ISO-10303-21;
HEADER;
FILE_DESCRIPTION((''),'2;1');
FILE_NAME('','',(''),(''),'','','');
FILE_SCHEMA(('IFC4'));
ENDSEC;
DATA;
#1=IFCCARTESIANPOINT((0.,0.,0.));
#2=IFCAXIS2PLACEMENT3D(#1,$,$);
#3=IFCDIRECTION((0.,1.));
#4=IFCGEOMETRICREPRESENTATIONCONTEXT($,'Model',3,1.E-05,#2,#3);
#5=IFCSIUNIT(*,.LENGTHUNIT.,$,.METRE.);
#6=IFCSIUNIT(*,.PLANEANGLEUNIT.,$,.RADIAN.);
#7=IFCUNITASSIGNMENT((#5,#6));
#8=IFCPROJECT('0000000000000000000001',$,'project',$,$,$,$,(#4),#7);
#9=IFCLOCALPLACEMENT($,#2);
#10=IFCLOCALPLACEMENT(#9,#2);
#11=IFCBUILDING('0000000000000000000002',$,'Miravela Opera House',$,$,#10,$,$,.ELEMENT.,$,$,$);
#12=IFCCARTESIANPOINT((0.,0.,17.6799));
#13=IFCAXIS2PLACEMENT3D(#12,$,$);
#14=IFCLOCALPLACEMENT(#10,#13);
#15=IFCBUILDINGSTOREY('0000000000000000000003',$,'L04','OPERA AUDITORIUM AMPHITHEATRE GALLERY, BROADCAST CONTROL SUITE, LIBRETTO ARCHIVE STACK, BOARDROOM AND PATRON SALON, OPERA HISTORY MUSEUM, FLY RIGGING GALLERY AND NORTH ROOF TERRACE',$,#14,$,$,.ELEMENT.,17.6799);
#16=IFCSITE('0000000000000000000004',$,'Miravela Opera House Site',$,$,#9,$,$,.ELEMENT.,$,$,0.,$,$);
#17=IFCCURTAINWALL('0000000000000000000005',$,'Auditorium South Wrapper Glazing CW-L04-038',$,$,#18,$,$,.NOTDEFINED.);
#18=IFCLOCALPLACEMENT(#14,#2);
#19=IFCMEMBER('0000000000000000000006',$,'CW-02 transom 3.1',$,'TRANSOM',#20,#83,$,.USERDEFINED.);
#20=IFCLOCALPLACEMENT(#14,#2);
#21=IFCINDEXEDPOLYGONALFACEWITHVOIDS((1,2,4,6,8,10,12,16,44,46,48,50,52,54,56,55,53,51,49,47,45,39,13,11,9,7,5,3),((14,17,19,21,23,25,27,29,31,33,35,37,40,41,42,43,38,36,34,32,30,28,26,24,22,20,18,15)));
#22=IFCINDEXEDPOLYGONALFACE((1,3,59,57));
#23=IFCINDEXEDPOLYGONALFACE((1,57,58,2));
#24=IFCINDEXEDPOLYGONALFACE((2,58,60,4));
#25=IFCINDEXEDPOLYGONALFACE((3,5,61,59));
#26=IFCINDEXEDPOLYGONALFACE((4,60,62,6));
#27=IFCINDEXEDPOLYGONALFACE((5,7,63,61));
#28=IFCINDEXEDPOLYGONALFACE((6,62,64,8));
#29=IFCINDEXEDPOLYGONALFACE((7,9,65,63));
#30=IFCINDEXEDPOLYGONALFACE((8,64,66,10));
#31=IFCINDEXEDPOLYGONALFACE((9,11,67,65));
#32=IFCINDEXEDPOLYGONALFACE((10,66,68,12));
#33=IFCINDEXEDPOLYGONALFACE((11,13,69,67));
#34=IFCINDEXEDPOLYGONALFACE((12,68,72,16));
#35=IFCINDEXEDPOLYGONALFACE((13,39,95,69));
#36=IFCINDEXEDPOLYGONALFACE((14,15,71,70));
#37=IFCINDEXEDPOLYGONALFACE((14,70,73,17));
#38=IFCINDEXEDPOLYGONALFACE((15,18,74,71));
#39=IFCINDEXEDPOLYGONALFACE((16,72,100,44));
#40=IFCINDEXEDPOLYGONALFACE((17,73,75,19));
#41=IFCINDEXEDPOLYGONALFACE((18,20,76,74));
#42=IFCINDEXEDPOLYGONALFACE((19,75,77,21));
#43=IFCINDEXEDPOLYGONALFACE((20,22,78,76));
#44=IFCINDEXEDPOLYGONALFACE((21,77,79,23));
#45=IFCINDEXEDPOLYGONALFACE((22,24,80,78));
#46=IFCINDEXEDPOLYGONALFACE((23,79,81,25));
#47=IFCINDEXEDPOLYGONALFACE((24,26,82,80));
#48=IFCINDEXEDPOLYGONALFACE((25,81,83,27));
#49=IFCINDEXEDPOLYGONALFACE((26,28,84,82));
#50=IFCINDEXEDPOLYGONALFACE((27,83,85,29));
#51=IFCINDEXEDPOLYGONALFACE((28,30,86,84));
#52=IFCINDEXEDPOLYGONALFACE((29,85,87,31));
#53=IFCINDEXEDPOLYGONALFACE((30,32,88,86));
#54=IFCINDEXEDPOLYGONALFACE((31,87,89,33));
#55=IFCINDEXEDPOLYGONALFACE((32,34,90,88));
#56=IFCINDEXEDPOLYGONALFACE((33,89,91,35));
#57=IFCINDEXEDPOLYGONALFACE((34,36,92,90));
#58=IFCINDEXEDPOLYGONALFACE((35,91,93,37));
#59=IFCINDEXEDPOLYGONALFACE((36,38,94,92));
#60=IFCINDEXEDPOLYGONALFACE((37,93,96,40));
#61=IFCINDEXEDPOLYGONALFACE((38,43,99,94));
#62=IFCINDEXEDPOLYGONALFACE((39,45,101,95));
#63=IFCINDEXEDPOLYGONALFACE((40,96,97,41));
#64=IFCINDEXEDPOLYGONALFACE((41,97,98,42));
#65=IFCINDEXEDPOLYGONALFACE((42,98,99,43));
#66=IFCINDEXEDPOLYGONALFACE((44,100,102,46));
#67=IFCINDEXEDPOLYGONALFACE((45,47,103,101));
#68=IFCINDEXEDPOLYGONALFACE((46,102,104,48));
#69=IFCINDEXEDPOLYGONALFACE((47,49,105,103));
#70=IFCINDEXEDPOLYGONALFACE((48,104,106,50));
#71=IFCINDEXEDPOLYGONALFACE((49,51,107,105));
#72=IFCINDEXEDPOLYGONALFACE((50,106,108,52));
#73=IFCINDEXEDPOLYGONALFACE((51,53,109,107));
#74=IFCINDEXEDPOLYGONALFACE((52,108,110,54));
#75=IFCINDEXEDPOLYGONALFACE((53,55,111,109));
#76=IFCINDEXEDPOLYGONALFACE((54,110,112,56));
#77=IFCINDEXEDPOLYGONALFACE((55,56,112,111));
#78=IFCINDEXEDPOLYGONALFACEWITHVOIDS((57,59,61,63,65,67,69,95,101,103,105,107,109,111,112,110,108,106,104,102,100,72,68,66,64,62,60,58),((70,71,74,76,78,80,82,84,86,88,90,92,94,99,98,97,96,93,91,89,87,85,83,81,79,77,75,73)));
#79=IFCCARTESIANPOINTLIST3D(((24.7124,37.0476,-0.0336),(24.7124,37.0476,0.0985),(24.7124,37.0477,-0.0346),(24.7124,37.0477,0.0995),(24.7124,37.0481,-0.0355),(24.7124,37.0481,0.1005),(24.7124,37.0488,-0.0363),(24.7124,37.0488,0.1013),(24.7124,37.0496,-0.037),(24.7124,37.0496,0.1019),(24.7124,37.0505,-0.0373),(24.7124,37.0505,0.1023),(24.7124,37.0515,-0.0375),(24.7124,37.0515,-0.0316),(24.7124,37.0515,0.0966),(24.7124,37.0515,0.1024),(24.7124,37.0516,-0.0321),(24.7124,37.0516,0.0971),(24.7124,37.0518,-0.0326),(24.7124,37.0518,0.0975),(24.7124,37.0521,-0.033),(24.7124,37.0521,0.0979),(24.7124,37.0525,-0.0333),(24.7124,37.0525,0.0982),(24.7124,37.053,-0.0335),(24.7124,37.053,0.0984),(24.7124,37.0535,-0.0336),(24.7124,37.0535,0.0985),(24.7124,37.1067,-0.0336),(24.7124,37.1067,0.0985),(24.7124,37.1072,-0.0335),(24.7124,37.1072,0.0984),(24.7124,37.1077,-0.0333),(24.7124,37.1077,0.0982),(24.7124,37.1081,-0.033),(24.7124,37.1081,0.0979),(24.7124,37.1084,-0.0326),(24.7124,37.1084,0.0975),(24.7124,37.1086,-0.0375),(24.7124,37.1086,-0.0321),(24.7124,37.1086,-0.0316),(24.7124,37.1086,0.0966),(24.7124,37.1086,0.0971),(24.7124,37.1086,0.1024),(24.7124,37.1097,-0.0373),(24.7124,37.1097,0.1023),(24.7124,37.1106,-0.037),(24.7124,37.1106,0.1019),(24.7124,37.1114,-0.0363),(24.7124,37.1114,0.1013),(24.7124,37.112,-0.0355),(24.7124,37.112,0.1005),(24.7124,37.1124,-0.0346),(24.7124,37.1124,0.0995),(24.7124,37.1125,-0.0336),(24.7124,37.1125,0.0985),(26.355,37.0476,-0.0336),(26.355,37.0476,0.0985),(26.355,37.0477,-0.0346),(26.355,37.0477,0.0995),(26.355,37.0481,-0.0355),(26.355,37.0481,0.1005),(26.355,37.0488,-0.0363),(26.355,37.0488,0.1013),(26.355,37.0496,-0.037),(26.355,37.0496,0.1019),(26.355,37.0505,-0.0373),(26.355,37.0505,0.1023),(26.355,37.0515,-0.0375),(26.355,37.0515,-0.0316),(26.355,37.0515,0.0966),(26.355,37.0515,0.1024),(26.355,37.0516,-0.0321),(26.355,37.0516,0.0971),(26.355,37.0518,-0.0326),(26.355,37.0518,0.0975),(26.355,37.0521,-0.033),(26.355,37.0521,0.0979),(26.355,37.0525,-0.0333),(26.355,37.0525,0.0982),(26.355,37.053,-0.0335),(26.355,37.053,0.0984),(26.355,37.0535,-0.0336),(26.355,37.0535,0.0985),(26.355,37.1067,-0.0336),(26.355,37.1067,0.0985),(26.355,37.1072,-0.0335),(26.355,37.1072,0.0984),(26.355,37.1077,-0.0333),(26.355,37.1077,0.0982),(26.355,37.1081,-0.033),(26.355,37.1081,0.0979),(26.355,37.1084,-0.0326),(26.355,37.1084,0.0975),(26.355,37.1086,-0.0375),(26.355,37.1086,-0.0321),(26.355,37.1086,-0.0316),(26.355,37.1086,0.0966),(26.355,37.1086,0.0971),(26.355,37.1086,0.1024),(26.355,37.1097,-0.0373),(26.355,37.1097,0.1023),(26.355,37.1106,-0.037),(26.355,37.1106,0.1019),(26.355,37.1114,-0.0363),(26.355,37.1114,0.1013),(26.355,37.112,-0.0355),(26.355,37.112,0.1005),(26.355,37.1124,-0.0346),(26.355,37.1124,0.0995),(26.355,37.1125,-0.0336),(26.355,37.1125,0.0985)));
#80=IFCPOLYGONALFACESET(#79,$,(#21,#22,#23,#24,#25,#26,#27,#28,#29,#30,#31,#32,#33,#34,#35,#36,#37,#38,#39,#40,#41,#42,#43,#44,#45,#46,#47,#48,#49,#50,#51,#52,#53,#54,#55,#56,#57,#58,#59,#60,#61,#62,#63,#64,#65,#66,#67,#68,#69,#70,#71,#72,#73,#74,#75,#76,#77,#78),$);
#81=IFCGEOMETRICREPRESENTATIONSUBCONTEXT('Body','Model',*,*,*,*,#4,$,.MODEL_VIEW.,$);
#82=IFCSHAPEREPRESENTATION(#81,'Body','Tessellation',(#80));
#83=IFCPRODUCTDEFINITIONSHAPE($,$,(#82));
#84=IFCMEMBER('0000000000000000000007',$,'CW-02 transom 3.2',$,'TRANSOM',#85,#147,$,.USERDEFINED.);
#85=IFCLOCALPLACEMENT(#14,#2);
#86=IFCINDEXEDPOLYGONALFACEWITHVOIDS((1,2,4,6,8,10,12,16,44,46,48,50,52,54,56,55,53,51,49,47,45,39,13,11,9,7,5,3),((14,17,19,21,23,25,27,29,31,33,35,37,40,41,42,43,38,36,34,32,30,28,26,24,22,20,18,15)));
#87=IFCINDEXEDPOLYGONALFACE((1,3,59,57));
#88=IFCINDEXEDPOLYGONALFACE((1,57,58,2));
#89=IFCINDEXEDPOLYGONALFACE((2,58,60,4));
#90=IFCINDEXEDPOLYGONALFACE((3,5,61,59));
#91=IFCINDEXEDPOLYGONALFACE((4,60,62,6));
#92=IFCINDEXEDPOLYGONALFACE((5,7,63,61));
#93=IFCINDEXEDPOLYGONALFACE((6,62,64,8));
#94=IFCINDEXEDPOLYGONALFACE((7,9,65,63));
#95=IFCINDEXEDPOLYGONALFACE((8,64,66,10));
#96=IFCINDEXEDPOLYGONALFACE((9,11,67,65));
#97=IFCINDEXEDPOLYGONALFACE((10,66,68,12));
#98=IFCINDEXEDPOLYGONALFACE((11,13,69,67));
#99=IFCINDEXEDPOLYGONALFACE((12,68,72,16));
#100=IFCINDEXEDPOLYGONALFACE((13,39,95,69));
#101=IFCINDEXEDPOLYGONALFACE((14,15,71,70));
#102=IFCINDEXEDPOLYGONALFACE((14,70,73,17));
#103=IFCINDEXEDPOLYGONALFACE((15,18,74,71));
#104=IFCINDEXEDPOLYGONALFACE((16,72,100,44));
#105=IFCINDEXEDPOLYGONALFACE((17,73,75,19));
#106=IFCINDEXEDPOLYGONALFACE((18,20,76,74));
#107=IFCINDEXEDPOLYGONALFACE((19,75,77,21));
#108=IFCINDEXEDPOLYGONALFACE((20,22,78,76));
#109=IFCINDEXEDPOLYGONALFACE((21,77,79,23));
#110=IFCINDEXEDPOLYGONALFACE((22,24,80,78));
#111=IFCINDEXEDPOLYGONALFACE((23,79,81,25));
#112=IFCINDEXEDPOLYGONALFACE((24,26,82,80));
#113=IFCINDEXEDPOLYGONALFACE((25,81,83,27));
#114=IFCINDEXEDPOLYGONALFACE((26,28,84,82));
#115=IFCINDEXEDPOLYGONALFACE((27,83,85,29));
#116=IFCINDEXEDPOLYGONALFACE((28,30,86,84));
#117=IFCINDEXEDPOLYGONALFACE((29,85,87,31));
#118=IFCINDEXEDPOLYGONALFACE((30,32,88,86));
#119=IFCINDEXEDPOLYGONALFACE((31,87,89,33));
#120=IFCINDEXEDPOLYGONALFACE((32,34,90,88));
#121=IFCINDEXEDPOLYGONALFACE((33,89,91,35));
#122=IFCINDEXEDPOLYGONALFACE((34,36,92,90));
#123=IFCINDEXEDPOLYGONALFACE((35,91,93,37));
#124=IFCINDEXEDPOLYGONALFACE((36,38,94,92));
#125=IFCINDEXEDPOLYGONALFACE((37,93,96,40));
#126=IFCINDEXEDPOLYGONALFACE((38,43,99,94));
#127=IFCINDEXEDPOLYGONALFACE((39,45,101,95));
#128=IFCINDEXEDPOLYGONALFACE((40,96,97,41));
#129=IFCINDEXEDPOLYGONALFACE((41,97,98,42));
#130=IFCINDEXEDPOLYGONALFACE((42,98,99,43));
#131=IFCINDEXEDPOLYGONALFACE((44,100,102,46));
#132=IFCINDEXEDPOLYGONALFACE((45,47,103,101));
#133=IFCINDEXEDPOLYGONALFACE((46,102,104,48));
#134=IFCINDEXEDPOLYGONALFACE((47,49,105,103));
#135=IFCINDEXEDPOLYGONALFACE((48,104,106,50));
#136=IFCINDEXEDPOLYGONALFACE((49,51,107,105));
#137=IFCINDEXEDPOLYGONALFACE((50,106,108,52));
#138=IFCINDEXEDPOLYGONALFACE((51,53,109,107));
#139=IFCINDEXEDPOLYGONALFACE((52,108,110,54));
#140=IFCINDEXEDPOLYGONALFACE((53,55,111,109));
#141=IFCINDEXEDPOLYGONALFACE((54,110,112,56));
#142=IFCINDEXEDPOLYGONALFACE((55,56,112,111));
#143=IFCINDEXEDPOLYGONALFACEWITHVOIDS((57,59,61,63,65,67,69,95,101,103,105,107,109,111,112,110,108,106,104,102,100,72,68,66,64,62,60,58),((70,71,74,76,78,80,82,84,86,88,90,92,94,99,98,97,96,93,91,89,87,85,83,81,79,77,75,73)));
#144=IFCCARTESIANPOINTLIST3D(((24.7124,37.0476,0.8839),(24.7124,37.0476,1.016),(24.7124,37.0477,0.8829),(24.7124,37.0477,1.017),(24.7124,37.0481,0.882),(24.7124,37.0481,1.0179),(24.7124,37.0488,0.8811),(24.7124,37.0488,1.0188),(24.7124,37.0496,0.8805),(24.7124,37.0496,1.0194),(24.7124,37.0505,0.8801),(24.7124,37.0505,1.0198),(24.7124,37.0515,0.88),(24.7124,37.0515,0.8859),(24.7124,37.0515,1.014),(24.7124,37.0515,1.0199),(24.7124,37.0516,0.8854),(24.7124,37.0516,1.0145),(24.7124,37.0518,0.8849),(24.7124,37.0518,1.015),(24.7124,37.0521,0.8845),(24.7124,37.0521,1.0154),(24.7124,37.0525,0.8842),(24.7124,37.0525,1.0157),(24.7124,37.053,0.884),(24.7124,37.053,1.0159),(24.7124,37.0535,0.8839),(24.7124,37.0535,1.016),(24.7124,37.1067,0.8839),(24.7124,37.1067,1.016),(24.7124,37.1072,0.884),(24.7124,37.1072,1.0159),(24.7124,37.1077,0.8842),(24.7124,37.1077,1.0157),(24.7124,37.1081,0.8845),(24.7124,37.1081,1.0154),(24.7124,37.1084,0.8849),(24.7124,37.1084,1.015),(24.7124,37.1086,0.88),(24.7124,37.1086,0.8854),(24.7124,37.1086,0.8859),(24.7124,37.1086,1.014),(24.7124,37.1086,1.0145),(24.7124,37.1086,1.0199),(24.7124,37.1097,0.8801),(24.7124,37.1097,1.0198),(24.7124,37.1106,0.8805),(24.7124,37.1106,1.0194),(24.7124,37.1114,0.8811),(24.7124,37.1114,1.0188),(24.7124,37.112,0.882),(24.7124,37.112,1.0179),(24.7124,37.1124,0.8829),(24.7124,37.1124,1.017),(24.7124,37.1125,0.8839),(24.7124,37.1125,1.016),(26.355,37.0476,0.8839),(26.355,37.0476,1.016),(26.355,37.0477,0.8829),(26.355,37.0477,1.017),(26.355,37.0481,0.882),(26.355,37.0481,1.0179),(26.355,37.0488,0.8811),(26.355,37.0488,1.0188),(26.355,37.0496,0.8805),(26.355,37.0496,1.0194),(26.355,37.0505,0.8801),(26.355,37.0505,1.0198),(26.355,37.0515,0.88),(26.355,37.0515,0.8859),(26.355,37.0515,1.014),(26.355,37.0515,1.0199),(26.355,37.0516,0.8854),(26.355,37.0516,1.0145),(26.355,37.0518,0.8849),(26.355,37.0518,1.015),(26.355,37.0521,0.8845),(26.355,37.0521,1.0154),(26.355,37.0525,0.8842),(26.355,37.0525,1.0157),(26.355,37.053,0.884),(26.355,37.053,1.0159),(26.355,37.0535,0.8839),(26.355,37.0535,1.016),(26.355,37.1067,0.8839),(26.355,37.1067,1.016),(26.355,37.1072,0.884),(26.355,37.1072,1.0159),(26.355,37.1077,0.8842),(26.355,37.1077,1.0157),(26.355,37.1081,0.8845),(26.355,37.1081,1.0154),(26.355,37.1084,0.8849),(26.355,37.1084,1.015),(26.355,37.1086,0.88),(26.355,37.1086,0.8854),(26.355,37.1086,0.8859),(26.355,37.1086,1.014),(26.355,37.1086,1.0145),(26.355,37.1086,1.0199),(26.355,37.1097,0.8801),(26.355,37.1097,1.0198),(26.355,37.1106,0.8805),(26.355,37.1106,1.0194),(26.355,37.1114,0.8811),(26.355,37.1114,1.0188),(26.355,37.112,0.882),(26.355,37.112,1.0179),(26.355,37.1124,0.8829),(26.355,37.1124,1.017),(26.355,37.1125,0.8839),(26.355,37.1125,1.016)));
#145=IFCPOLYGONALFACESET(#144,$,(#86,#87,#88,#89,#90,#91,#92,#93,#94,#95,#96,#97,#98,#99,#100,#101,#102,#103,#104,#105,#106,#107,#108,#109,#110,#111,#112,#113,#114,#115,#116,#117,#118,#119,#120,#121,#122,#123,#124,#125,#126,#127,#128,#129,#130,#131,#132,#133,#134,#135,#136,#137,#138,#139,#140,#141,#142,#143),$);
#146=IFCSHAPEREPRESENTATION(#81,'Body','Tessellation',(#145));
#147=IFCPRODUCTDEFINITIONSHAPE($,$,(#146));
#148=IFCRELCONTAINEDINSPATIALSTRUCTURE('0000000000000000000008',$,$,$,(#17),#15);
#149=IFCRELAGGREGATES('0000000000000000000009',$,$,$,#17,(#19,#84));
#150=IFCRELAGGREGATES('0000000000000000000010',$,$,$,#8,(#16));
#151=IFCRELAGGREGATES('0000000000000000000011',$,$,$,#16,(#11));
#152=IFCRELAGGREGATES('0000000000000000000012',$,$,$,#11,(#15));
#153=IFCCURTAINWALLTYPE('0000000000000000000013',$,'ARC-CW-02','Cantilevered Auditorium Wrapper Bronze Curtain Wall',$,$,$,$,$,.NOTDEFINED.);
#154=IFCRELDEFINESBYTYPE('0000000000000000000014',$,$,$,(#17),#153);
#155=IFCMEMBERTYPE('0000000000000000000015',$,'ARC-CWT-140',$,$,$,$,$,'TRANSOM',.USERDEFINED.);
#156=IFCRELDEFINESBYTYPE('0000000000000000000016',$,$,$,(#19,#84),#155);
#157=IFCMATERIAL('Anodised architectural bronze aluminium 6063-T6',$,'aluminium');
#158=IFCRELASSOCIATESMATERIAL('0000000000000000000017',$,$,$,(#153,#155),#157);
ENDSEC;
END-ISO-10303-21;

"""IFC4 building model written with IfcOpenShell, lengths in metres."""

from ifc_helpers import new_model, si_unit, direction, frame, origin, origin_2d, place, context, subcontext, project, spatial, hollow_rectangle, extrude, material, material_profile, profile_set, type_object, element, aggregate, save


model = new_model("IFC4")

# Units and contexts
model_context = context("Model", 3, precision=1e-05, world=origin(), true_north=direction((0.0, 1.0)))
body_context = subcontext(model_context, "Body", "Model", "MODEL_VIEW")
ifc_project = project(units=[si_unit("LENGTHUNIT", "METRE"), si_unit("PLANEANGLEUNIT", "RADIAN")], contexts=[model_context])

# Site, building, storey
site_placement = place(None, origin())
site = spatial("IfcSite", under=ifc_project, at=site_placement, Name="Miravela Opera House Site", CompositionType="ELEMENT", RefElevation=0.0)
building_placement = place(site_placement, origin())
building = spatial("IfcBuilding", under=site, at=building_placement, Name="Miravela Opera House", CompositionType="ELEMENT")
storey_placement = place(building_placement, frame((0.0, 0.0, 17.6799)))
storey = spatial("IfcBuildingStorey", under=building, at=storey_placement, Name="L04", Description="OPERA AUDITORIUM AMPHITHEATRE GALLERY, BROADCAST CONTROL SUITE, LIBRETTO ARCHIVE STACK, BOARDROOM AND PATRON SALON, OPERA HISTORY MUSEUM, FLY RIGGING GALLERY AND NORTH ROOF TERRACE", CompositionType="ELEMENT", Elevation=17.6799)

# Curtain wall
ifc_material_1 = material(Name="Anodised architectural bronze aluminium 6063-T6", Category="aluminium")
curtain_wall_type = type_object("IfcCurtainWallType", Name="ARC-CW-02", Description="Cantilevered Auditorium Wrapper Bronze Curtain Wall", PredefinedType="NOTDEFINED", material=ifc_material_1)
curtain_wall_1_placement = place(storey_placement, origin())
curtain_wall_1 = element("IfcCurtainWall", 1, at=curtain_wall_1_placement, inside=storey, type_object=curtain_wall_type, Name="Auditorium South Wrapper Glazing CW-L04-038", PredefinedType="NOTDEFINED")

# Members
ifc_material_profile_1 = material_profile(ifc_material_1, hollow_rectangle(XDim=0.0649, YDim=0.1399, WallThickness=0.0039, InnerFilletRadius=0.002, OuterFilletRadius=0.0039, at=origin_2d()), Name="CWT-65X140")
ifc_profile_set_1 = profile_set([ifc_material_profile_1])
member_type_1 = type_object("IfcMemberType", Name="ARC-CWT-140", ElementType="TRANSOM", PredefinedType="USERDEFINED", material=ifc_profile_set_1)
member_1_placement = place(storey_placement, frame((24.7124, 37.0801, 0.0325), z_axis=(1.0, 0.0, 0.0), x_axis=(0.0, 1.0, 0.0)))
member_1 = element("IfcMember", 2, at=member_1_placement, type_object=member_type_1, Name="CW-02 transom 3.1", ObjectType="TRANSOM", PredefinedType="USERDEFINED", context=body_context, shape_type="SweptSolid", body=[
    extrude(hollow_rectangle(XDim=0.0649, YDim=0.1399, WallThickness=0.0039, InnerFilletRadius=0.002, OuterFilletRadius=0.0039, at=origin_2d()), origin(), (0.0, 0.0, 1.0), 1.6426),
])
member_2_placement = place(storey_placement, frame((24.7124, 37.0801, 0.95), z_axis=(1.0, 0.0, 0.0), x_axis=(0.0, 1.0, 0.0)))
member_2 = element("IfcMember", 3, at=member_2_placement, type_object=member_type_1, Name="CW-02 transom 3.2", ObjectType="TRANSOM", PredefinedType="USERDEFINED", context=body_context, shape_type="SweptSolid", body=[
    extrude(hollow_rectangle(XDim=0.0649, YDim=0.1399, WallThickness=0.0039, InnerFilletRadius=0.002, OuterFilletRadius=0.0039, at=origin_2d()), origin(), (0.0, 0.0, 1.0), 1.6426),
])

aggregate(curtain_wall_1, [member_1, member_2])

save(model, "model.ifc")
